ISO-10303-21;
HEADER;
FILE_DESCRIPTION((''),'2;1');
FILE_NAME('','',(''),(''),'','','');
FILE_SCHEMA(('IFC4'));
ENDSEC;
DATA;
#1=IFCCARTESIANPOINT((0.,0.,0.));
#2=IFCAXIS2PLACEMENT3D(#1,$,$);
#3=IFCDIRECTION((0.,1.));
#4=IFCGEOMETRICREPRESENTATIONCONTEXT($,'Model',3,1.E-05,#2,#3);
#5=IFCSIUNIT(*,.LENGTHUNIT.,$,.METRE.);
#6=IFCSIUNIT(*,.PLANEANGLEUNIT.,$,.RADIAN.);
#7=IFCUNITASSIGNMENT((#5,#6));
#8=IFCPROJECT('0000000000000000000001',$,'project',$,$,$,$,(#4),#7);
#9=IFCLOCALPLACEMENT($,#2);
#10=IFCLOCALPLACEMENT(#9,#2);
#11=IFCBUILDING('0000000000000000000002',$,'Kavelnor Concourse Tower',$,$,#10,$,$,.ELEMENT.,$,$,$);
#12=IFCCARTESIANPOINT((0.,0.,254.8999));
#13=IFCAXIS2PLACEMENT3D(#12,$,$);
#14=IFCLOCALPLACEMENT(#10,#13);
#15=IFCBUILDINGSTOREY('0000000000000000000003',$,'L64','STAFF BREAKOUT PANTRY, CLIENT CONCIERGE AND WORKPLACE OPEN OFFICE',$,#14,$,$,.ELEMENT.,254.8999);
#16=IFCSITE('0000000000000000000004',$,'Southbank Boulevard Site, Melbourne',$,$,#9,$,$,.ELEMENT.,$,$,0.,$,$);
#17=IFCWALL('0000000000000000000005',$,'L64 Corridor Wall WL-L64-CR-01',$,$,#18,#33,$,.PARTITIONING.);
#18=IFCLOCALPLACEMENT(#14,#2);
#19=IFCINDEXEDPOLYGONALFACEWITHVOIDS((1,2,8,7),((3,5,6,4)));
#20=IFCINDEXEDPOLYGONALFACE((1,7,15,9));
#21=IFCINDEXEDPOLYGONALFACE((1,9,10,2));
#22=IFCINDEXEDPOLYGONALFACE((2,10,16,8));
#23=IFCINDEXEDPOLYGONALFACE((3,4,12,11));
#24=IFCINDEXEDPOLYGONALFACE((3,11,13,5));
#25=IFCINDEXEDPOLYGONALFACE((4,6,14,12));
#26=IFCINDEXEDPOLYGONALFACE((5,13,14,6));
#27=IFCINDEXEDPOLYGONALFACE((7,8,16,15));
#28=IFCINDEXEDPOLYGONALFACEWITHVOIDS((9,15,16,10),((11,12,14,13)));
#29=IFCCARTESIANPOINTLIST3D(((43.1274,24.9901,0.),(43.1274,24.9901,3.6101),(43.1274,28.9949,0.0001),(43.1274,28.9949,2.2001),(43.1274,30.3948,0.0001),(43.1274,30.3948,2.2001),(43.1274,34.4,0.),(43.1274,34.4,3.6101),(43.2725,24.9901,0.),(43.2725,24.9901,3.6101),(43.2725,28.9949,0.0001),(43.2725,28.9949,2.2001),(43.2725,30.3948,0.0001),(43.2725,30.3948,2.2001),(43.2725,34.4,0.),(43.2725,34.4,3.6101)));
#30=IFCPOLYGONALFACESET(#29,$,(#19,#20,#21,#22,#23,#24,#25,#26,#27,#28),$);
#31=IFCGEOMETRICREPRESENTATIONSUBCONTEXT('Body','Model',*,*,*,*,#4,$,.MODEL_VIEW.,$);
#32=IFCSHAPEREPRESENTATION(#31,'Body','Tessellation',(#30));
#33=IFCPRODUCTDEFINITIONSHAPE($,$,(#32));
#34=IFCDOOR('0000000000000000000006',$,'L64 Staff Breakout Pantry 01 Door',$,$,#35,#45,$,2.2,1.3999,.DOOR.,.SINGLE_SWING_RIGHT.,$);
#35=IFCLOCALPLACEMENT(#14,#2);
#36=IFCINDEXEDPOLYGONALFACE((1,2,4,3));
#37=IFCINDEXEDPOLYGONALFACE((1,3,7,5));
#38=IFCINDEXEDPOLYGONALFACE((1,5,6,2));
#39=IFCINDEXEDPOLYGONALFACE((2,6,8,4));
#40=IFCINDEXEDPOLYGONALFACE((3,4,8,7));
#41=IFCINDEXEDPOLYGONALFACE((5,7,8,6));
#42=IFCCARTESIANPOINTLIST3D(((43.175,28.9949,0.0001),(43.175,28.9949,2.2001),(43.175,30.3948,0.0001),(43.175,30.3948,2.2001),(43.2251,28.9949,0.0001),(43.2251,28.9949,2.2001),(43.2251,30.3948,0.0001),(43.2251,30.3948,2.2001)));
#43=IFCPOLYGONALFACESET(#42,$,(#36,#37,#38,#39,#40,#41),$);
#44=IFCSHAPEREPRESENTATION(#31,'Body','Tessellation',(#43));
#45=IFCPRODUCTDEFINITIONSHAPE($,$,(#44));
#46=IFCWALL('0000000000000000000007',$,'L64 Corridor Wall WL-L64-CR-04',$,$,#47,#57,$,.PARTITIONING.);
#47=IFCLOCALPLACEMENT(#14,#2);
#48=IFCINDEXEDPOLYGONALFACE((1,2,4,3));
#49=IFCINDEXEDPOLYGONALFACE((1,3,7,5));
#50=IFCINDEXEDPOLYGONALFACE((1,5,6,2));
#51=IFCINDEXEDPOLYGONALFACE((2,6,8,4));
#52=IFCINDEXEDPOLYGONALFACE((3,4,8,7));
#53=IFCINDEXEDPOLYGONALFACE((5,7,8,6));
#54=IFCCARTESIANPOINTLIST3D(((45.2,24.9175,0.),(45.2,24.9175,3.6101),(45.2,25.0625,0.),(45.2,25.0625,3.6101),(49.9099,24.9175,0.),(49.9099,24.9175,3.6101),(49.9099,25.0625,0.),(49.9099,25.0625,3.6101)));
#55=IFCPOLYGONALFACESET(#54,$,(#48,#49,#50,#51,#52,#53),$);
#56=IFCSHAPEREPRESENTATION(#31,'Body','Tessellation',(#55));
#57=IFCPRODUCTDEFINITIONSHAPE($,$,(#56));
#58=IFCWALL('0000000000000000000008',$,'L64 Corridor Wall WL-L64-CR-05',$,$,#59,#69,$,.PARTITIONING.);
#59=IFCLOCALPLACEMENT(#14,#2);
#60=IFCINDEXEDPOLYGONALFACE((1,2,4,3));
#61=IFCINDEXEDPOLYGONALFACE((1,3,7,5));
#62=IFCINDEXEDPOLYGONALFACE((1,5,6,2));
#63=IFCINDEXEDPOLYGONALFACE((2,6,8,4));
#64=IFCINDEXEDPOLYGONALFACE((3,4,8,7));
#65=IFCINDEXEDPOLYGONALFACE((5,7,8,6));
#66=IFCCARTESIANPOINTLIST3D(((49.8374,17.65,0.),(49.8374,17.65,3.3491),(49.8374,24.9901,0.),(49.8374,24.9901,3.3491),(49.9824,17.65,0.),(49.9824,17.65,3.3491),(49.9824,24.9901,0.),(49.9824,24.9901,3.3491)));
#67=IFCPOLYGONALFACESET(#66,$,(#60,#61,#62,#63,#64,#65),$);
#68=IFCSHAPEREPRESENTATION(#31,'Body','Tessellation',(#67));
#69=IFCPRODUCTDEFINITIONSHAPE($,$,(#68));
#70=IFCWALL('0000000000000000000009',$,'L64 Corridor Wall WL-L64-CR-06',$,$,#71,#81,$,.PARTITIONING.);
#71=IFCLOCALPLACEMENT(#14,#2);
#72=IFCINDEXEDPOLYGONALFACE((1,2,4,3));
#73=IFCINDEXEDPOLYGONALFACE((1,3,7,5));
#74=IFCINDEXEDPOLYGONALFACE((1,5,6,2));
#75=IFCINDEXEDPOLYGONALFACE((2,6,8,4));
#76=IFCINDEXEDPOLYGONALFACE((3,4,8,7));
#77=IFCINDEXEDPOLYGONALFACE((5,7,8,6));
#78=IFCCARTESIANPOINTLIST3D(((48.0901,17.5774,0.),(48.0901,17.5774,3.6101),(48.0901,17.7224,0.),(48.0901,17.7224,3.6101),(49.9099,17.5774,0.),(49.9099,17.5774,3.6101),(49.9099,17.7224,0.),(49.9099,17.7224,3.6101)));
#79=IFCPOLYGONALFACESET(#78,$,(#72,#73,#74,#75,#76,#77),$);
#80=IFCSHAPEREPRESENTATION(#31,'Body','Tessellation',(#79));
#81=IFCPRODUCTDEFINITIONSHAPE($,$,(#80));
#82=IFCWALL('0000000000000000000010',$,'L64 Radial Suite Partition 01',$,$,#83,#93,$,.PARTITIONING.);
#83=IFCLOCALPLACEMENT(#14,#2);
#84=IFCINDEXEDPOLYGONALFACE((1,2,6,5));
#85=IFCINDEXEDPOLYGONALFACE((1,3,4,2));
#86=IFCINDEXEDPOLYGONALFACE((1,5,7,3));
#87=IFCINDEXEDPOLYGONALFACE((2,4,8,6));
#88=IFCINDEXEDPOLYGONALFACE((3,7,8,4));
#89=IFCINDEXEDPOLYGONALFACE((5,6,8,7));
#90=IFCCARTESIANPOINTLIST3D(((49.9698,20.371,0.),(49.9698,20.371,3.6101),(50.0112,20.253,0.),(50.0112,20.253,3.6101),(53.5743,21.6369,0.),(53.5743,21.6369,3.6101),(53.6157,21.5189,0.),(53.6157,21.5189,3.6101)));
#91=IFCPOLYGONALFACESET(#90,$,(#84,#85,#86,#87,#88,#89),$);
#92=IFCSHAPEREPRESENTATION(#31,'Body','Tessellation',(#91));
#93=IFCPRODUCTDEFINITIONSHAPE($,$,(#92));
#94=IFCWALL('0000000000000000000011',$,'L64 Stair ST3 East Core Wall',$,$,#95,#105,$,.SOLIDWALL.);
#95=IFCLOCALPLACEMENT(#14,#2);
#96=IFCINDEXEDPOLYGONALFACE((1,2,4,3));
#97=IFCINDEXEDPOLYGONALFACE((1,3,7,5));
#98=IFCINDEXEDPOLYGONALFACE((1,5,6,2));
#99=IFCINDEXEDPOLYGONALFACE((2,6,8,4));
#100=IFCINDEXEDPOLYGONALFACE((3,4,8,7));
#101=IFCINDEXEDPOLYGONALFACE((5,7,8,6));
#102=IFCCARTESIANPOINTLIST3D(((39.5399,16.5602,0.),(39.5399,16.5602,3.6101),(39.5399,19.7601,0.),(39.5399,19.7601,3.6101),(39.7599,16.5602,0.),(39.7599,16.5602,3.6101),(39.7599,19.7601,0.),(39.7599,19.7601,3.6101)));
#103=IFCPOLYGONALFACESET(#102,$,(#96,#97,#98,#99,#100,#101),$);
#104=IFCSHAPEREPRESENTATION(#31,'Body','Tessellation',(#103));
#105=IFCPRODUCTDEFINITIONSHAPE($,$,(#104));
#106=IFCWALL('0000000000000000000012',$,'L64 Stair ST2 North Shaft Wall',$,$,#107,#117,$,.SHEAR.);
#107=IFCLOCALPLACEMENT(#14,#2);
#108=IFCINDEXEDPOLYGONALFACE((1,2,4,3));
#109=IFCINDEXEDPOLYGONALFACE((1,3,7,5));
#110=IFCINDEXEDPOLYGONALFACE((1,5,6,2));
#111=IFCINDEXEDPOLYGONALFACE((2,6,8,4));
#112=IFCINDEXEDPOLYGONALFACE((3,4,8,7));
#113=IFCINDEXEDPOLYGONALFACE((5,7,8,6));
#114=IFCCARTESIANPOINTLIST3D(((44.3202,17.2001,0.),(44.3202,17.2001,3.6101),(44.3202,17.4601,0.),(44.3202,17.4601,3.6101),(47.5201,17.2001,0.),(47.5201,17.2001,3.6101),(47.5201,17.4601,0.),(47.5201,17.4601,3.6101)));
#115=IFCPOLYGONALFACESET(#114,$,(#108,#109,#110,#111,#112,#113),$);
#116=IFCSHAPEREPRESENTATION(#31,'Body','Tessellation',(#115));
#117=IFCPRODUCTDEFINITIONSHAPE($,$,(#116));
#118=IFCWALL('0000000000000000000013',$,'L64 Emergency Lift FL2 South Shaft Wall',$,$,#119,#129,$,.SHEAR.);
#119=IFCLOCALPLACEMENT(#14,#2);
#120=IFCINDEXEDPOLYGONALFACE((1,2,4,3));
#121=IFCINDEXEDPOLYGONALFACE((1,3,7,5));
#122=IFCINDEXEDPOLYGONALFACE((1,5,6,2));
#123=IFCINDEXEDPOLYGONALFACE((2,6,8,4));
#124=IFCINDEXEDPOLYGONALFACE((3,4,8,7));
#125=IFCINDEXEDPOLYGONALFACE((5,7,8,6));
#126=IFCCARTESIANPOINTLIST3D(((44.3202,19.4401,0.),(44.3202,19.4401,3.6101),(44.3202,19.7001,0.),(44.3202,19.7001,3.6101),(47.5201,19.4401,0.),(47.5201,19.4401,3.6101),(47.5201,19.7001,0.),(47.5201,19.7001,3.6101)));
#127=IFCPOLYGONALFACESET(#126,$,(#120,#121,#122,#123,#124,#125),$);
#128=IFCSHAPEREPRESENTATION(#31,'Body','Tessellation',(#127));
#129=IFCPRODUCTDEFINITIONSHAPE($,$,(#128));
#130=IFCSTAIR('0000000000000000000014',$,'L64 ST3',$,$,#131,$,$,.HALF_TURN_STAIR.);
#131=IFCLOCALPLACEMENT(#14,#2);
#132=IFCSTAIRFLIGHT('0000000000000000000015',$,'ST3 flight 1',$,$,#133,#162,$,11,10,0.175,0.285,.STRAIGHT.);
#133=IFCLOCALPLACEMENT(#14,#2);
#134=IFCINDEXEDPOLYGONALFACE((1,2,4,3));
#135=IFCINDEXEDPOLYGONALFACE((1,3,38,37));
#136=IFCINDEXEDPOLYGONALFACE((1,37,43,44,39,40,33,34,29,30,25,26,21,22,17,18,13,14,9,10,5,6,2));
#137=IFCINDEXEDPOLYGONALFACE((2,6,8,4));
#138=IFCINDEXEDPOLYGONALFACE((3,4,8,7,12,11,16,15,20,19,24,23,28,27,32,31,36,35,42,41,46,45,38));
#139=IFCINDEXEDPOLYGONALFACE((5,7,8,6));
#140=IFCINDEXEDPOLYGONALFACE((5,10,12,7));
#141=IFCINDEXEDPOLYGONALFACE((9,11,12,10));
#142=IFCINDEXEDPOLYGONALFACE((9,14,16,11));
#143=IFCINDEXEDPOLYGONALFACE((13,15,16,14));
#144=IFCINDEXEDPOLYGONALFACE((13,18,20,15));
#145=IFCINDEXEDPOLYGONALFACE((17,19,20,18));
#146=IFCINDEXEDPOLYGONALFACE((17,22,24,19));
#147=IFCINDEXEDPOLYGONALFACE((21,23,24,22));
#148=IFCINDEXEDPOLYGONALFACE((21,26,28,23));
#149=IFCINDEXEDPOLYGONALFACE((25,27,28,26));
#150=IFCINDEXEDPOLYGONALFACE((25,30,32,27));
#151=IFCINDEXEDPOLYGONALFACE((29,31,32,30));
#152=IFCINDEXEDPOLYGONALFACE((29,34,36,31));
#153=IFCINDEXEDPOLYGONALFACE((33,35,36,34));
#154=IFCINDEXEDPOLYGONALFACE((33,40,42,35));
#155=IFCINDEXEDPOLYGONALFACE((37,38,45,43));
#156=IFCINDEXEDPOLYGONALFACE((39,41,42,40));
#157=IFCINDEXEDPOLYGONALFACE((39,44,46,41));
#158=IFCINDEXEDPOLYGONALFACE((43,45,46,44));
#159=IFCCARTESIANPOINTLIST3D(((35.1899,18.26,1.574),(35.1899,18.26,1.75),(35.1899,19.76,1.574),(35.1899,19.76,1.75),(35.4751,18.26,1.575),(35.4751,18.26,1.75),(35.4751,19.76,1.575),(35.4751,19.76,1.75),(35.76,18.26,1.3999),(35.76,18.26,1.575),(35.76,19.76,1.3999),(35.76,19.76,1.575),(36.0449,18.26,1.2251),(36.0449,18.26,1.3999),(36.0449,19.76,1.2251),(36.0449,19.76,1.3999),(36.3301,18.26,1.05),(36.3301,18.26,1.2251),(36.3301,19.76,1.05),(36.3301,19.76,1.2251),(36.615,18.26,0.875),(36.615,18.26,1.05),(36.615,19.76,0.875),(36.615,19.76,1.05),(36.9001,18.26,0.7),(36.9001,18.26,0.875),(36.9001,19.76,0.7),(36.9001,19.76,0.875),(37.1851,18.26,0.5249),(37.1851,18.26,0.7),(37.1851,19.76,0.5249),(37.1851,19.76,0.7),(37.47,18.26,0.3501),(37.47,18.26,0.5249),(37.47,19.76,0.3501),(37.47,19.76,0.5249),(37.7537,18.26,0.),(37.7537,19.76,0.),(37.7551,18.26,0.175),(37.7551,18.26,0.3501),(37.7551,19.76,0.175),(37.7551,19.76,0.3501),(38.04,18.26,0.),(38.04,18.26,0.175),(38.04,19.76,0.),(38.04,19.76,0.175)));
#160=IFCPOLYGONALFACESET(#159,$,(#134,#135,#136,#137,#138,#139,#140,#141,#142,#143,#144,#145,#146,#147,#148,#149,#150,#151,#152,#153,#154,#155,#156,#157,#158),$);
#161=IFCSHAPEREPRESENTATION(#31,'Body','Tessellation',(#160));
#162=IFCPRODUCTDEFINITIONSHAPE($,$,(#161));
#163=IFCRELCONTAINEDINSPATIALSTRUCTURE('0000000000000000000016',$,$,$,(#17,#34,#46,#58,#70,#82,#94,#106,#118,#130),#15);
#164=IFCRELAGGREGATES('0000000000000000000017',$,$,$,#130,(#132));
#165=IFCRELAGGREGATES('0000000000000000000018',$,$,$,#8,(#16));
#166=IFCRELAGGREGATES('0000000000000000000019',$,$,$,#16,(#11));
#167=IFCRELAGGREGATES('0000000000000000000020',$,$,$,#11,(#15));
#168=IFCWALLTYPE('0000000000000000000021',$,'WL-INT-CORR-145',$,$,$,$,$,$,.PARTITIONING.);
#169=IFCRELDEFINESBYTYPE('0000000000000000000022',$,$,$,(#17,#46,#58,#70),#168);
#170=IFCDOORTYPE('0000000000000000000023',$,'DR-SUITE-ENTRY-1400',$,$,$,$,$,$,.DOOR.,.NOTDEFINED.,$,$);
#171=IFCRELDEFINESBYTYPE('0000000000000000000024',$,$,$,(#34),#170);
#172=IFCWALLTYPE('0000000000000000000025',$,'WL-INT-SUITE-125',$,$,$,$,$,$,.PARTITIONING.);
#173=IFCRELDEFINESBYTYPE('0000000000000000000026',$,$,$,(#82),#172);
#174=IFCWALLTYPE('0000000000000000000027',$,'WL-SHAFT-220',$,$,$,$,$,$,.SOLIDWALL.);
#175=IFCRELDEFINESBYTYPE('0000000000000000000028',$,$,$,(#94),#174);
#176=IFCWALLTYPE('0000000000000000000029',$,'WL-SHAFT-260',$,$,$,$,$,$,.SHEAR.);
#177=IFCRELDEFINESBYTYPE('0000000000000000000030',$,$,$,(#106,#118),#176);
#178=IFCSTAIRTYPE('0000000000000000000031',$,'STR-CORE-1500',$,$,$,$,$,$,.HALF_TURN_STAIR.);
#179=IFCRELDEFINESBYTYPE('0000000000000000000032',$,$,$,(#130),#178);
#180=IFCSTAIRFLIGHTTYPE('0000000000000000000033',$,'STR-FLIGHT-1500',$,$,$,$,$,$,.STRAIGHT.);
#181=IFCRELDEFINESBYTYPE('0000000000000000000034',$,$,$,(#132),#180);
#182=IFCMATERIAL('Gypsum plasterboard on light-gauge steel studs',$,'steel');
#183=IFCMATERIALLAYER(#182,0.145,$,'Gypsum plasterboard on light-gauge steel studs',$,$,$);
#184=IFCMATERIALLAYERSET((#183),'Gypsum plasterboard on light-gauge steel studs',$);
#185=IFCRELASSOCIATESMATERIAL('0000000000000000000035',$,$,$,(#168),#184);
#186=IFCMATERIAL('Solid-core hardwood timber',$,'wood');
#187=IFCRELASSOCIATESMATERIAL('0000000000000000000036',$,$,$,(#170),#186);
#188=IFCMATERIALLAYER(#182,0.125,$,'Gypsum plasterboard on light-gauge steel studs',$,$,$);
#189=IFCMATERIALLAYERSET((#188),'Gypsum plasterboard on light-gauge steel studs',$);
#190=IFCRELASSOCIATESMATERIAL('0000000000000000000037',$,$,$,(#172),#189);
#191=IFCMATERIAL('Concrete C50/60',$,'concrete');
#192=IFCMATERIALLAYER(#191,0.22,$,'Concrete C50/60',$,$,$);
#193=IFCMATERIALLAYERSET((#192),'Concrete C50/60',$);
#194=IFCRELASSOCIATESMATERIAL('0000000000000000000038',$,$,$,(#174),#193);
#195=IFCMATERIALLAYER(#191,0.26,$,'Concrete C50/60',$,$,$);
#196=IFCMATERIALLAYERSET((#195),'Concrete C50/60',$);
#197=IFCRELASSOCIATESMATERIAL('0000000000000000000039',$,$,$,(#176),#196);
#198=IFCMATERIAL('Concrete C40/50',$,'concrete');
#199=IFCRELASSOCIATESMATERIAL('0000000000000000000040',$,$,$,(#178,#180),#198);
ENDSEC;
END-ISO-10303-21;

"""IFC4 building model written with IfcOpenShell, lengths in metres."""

from ifc_helpers import new_model, si_unit, direction, frame, frame_2d, origin, place, context, subcontext, project, spatial, polyline, rectangle, outline, extrude, material, layer, layer_set, type_object, element, fill, aggregate, save


model = new_model("IFC4")

# Units and contexts
model_context = context("Model", 3, precision=1e-05, world=origin(), true_north=direction((0.0, 1.0)))
body_context = subcontext(model_context, "Body", "Model", "MODEL_VIEW")
ifc_project = project(units=[si_unit("LENGTHUNIT", "METRE"), si_unit("PLANEANGLEUNIT", "RADIAN")], contexts=[model_context])

# Site, building, storey
site_placement = place(None, origin())
site = spatial("IfcSite", under=ifc_project, at=site_placement, Name="Southbank Boulevard Site, Melbourne", CompositionType="ELEMENT", RefElevation=0.0)
building_placement = place(site_placement, origin())
building = spatial("IfcBuilding", under=site, at=building_placement, Name="Kavelnor Concourse Tower", CompositionType="ELEMENT")
storey_placement = place(building_placement, frame((0.0, 0.0, 254.8999)))
storey = spatial("IfcBuildingStorey", under=building, at=storey_placement, Name="L64", Description="STAFF BREAKOUT PANTRY, CLIENT CONCIERGE AND WORKPLACE OPEN OFFICE", CompositionType="ELEMENT", Elevation=254.8999)

# Wall, opening, door
ifc_material_1 = material(Name="Gypsum plasterboard on light-gauge steel studs", Category="steel")
ifc_layer_1 = layer(ifc_material_1, 0.145, Name="Gypsum plasterboard on light-gauge steel studs")
ifc_layer_set_1 = layer_set([ifc_layer_1], Name="Gypsum plasterboard on light-gauge steel studs")
wall_type_1 = type_object("IfcWallType", Name="WL-INT-CORR-145", PredefinedType="PARTITIONING", material=ifc_layer_set_1)
wall_1_placement = place(storey_placement, frame((43.2, 24.99, 0.0), z_axis=(0.0, 0.0, 1.0), x_axis=(0.0, 1.0, 0.0)))
wall_1 = element("IfcWall", 1, at=wall_1_placement, inside=storey, type_object=wall_type_1, Name="L64 Corridor Wall WL-L64-CR-01", PredefinedType="PARTITIONING", context=body_context, shape_type="SweptSolid", body=[
    extrude(rectangle(XDim=9.4099, YDim=0.145, at=frame_2d((4.7051, 0.0))), origin(), (0.0, 0.0, 1.0), 3.6101),
])
opening_placement = place(wall_1_placement, frame((4.0049, 0.0, 0.0)))
opening = element("IfcOpeningElement", 2, at=opening_placement, cuts=wall_1, PredefinedType="OPENING", context=body_context, shape_type="SweptSolid", body=[
    extrude(rectangle(XDim=1.3999, YDim=2.2, at=frame_2d((0.7, 1.1001))), frame((0.0, 0.0825, 0.0), z_axis=(0.0, -1.0, 0.0), x_axis=(1.0, 0.0, 0.0)), (0.0, 0.0, 1.0), 0.165),
])
ifc_material_2 = material(Name="Solid-core hardwood timber", Category="wood")
door_type = type_object("IfcDoorType", Name="DR-SUITE-ENTRY-1400", OperationType="NOTDEFINED", PredefinedType="DOOR", material=ifc_material_2)
door_placement = place(opening_placement, origin())
door = element("IfcDoor", 3, at=door_placement, inside=storey, type_object=door_type, Name="L64 Staff Breakout Pantry 01 Door", OperationType="SINGLE_SWING_RIGHT", OverallHeight=2.2, OverallWidth=1.3999, PredefinedType="DOOR", context=body_context, shape_type="SweptSolid", body=[
    extrude(rectangle(XDim=1.3999, YDim=2.2, at=frame_2d((0.7, 1.1001))), frame((0.0, 0.0249, 0.0), z_axis=(0.0, -1.0, 0.0), x_axis=(1.0, 0.0, 0.0)), (0.0, 0.0, 1.0), 0.05),
])
fill(opening, door)

# Walls
wall_2_placement = place(storey_placement, frame((45.2, 24.99, 0.0), z_axis=(0.0, 0.0, 1.0), x_axis=(1.0, 0.0, 0.0)))
element("IfcWall", 4, at=wall_2_placement, inside=storey, type_object=wall_type_1, Name="L64 Corridor Wall WL-L64-CR-04", PredefinedType="PARTITIONING", context=body_context, shape_type="SweptSolid", body=[
    extrude(rectangle(XDim=4.71, YDim=0.145, at=frame_2d((2.355, 0.0))), origin(), (0.0, 0.0, 1.0), 3.6101),
])
wall_3_placement = place(storey_placement, frame((49.9099, 24.99, 0.0), z_axis=(0.0, 0.0, 1.0), x_axis=(0.0, -1.0, 0.0)))
element("IfcWall", 5, at=wall_3_placement, inside=storey, type_object=wall_type_1, Name="L64 Corridor Wall WL-L64-CR-05", PredefinedType="PARTITIONING", context=body_context, shape_type="SweptSolid", body=[
    extrude(rectangle(XDim=7.3401, YDim=0.145, at=frame_2d((3.6699, 0.0))), origin(), (0.0, 0.0, 1.0), 3.3491),
])
wall_4_placement = place(storey_placement, frame((49.9099, 17.6499, 0.0), z_axis=(0.0, 0.0, 1.0), x_axis=(-1.0, 0.0, 0.0)))
element("IfcWall", 6, at=wall_4_placement, inside=storey, type_object=wall_type_1, Name="L64 Corridor Wall WL-L64-CR-06", PredefinedType="PARTITIONING", context=body_context, shape_type="SweptSolid", body=[
    extrude(rectangle(XDim=1.8198, YDim=0.145, at=frame_2d((0.9099, 0.0))), origin(), (0.0, 0.0, 1.0), 3.6101),
])
ifc_layer_2 = layer(ifc_material_1, 0.125, Name="Gypsum plasterboard on light-gauge steel studs")
ifc_layer_set_2 = layer_set([ifc_layer_2], Name="Gypsum plasterboard on light-gauge steel studs")
wall_type_2 = type_object("IfcWallType", Name="WL-INT-SUITE-125", PredefinedType="PARTITIONING", material=ifc_layer_set_2)
wall_5_placement = place(storey_placement, frame((49.9905, 20.312, 0.0), z_axis=(0.0, 0.0, 1.0), x_axis=(0.943507, 0.331352, 0.0)))
element("IfcWall", 7, at=wall_5_placement, inside=storey, type_object=wall_type_2, Name="L64 Radial Suite Partition 01", PredefinedType="PARTITIONING", context=body_context, shape_type="SweptSolid", body=[
    extrude(rectangle(XDim=3.8203, YDim=0.125, at=frame_2d((1.9102, 0.0))), origin(), (0.0, 0.0, 1.0), 3.6101),
])
ifc_material_3 = material(Name="Concrete C50/60", Category="concrete")
ifc_layer_3 = layer(ifc_material_3, 0.22, Name="Concrete C50/60")
ifc_layer_set_3 = layer_set([ifc_layer_3], Name="Concrete C50/60")
wall_type_3 = type_object("IfcWallType", Name="WL-SHAFT-220", PredefinedType="SOLIDWALL", material=ifc_layer_set_3)
wall_6_placement = place(storey_placement, frame((39.6499, 16.5601, 0.0), z_axis=(0.0, 0.0, 1.0), x_axis=(0.0, 1.0, 0.0)))
element("IfcWall", 8, at=wall_6_placement, inside=storey, type_object=wall_type_3, Name="L64 Stair ST3 East Core Wall", PredefinedType="SOLIDWALL", context=body_context, shape_type="SweptSolid", body=[
    extrude(rectangle(XDim=3.2, YDim=0.22, at=frame_2d((1.6001, 0.0))), origin(), (0.0, 0.0, 1.0), 3.6101),
])
ifc_layer_4 = layer(ifc_material_3, 0.26, Name="Concrete C50/60")
ifc_layer_set_4 = layer_set([ifc_layer_4], Name="Concrete C50/60")
wall_type_4 = type_object("IfcWallType", Name="WL-SHAFT-260", PredefinedType="SHEAR", material=ifc_layer_set_4)
for number, where, z_axis, x_axis, name in (
    (9, (44.3201, 17.3301, 0.0), (0.0, 0.0, 1.0), (1.0, 0.0, 0.0), "L64 Stair ST2 North Shaft Wall"),
    (10, (44.3201, 19.5701, 0.0), (0.0, 0.0, 1.0), (1.0, 0.0, 0.0), "L64 Emergency Lift FL2 South Shaft Wall"),
):
    element("IfcWall", number, at=place(storey_placement, frame(where, z_axis=z_axis, x_axis=x_axis)), inside=storey, type_object=wall_type_4, Name=name, PredefinedType="SHEAR", context=body_context, shape_type="SweptSolid", body=[
        extrude(rectangle(XDim=3.2, YDim=0.26, at=frame_2d((1.6001, 0.0))), origin(), (0.0, 0.0, 1.0), 3.6101),
    ])

# Stair, stair flight
ifc_material_4 = material(Name="Concrete C40/50", Category="concrete")
stair_type = type_object("IfcStairType", Name="STR-CORE-1500", PredefinedType="HALF_TURN_STAIR", material=ifc_material_4)
stair_placement = place(storey_placement, origin())
stair = element("IfcStair", 11, at=stair_placement, inside=storey, type_object=stair_type, Name="L64 ST3", PredefinedType="HALF_TURN_STAIR")
stair_flight_type = type_object("IfcStairFlightType", Name="STR-FLIGHT-1500", PredefinedType="STRAIGHT", material=ifc_material_4)
stair_flight_placement = place(storey_placement, frame((38.04, 19.01, 0.0), z_axis=(0.0, 0.0, 1.0), x_axis=(-1.0, 0.0, 0.0)))
stair_flight = element("IfcStairFlight", 12, at=stair_flight_placement, type_object=stair_flight_type, Name="ST3 flight 1", NumberOfRisers=11, NumberOfTreads=10, PredefinedType="STRAIGHT", RiserHeight=0.175, TreadLength=0.285, context=body_context, shape_type="SweptSolid", body=[
    extrude(outline(polyline([(0.0, 0.0), (0.0, 0.175), (0.2849, 0.175), (0.2849, 0.3501), (0.5701, 0.3501), (0.5701, 0.5249), (0.855, 0.5249), (0.855, 0.7), (1.1399, 0.7), (1.1399, 0.875), (1.425, 0.875), (1.425, 1.05), (1.71, 1.05), (1.71, 1.2251), (1.9951, 1.2251), (1.9951, 1.3999), (2.28, 1.3999), (2.28, 1.575), (2.5649, 1.575), (2.5649, 1.75), (2.8501, 1.75), (2.8501, 1.925), (2.8501, 1.574), (0.2864, 0.0), (0.0, 0.0)])), frame((0.0, 0.75, 0.0), z_axis=(0.0, -1.0, 0.0), x_axis=(1.0, 0.0, 0.0)), (0.0, 0.0, 1.0), 1.5),
])
aggregate(stair, [stair_flight])

save(model, "model.ifc")
